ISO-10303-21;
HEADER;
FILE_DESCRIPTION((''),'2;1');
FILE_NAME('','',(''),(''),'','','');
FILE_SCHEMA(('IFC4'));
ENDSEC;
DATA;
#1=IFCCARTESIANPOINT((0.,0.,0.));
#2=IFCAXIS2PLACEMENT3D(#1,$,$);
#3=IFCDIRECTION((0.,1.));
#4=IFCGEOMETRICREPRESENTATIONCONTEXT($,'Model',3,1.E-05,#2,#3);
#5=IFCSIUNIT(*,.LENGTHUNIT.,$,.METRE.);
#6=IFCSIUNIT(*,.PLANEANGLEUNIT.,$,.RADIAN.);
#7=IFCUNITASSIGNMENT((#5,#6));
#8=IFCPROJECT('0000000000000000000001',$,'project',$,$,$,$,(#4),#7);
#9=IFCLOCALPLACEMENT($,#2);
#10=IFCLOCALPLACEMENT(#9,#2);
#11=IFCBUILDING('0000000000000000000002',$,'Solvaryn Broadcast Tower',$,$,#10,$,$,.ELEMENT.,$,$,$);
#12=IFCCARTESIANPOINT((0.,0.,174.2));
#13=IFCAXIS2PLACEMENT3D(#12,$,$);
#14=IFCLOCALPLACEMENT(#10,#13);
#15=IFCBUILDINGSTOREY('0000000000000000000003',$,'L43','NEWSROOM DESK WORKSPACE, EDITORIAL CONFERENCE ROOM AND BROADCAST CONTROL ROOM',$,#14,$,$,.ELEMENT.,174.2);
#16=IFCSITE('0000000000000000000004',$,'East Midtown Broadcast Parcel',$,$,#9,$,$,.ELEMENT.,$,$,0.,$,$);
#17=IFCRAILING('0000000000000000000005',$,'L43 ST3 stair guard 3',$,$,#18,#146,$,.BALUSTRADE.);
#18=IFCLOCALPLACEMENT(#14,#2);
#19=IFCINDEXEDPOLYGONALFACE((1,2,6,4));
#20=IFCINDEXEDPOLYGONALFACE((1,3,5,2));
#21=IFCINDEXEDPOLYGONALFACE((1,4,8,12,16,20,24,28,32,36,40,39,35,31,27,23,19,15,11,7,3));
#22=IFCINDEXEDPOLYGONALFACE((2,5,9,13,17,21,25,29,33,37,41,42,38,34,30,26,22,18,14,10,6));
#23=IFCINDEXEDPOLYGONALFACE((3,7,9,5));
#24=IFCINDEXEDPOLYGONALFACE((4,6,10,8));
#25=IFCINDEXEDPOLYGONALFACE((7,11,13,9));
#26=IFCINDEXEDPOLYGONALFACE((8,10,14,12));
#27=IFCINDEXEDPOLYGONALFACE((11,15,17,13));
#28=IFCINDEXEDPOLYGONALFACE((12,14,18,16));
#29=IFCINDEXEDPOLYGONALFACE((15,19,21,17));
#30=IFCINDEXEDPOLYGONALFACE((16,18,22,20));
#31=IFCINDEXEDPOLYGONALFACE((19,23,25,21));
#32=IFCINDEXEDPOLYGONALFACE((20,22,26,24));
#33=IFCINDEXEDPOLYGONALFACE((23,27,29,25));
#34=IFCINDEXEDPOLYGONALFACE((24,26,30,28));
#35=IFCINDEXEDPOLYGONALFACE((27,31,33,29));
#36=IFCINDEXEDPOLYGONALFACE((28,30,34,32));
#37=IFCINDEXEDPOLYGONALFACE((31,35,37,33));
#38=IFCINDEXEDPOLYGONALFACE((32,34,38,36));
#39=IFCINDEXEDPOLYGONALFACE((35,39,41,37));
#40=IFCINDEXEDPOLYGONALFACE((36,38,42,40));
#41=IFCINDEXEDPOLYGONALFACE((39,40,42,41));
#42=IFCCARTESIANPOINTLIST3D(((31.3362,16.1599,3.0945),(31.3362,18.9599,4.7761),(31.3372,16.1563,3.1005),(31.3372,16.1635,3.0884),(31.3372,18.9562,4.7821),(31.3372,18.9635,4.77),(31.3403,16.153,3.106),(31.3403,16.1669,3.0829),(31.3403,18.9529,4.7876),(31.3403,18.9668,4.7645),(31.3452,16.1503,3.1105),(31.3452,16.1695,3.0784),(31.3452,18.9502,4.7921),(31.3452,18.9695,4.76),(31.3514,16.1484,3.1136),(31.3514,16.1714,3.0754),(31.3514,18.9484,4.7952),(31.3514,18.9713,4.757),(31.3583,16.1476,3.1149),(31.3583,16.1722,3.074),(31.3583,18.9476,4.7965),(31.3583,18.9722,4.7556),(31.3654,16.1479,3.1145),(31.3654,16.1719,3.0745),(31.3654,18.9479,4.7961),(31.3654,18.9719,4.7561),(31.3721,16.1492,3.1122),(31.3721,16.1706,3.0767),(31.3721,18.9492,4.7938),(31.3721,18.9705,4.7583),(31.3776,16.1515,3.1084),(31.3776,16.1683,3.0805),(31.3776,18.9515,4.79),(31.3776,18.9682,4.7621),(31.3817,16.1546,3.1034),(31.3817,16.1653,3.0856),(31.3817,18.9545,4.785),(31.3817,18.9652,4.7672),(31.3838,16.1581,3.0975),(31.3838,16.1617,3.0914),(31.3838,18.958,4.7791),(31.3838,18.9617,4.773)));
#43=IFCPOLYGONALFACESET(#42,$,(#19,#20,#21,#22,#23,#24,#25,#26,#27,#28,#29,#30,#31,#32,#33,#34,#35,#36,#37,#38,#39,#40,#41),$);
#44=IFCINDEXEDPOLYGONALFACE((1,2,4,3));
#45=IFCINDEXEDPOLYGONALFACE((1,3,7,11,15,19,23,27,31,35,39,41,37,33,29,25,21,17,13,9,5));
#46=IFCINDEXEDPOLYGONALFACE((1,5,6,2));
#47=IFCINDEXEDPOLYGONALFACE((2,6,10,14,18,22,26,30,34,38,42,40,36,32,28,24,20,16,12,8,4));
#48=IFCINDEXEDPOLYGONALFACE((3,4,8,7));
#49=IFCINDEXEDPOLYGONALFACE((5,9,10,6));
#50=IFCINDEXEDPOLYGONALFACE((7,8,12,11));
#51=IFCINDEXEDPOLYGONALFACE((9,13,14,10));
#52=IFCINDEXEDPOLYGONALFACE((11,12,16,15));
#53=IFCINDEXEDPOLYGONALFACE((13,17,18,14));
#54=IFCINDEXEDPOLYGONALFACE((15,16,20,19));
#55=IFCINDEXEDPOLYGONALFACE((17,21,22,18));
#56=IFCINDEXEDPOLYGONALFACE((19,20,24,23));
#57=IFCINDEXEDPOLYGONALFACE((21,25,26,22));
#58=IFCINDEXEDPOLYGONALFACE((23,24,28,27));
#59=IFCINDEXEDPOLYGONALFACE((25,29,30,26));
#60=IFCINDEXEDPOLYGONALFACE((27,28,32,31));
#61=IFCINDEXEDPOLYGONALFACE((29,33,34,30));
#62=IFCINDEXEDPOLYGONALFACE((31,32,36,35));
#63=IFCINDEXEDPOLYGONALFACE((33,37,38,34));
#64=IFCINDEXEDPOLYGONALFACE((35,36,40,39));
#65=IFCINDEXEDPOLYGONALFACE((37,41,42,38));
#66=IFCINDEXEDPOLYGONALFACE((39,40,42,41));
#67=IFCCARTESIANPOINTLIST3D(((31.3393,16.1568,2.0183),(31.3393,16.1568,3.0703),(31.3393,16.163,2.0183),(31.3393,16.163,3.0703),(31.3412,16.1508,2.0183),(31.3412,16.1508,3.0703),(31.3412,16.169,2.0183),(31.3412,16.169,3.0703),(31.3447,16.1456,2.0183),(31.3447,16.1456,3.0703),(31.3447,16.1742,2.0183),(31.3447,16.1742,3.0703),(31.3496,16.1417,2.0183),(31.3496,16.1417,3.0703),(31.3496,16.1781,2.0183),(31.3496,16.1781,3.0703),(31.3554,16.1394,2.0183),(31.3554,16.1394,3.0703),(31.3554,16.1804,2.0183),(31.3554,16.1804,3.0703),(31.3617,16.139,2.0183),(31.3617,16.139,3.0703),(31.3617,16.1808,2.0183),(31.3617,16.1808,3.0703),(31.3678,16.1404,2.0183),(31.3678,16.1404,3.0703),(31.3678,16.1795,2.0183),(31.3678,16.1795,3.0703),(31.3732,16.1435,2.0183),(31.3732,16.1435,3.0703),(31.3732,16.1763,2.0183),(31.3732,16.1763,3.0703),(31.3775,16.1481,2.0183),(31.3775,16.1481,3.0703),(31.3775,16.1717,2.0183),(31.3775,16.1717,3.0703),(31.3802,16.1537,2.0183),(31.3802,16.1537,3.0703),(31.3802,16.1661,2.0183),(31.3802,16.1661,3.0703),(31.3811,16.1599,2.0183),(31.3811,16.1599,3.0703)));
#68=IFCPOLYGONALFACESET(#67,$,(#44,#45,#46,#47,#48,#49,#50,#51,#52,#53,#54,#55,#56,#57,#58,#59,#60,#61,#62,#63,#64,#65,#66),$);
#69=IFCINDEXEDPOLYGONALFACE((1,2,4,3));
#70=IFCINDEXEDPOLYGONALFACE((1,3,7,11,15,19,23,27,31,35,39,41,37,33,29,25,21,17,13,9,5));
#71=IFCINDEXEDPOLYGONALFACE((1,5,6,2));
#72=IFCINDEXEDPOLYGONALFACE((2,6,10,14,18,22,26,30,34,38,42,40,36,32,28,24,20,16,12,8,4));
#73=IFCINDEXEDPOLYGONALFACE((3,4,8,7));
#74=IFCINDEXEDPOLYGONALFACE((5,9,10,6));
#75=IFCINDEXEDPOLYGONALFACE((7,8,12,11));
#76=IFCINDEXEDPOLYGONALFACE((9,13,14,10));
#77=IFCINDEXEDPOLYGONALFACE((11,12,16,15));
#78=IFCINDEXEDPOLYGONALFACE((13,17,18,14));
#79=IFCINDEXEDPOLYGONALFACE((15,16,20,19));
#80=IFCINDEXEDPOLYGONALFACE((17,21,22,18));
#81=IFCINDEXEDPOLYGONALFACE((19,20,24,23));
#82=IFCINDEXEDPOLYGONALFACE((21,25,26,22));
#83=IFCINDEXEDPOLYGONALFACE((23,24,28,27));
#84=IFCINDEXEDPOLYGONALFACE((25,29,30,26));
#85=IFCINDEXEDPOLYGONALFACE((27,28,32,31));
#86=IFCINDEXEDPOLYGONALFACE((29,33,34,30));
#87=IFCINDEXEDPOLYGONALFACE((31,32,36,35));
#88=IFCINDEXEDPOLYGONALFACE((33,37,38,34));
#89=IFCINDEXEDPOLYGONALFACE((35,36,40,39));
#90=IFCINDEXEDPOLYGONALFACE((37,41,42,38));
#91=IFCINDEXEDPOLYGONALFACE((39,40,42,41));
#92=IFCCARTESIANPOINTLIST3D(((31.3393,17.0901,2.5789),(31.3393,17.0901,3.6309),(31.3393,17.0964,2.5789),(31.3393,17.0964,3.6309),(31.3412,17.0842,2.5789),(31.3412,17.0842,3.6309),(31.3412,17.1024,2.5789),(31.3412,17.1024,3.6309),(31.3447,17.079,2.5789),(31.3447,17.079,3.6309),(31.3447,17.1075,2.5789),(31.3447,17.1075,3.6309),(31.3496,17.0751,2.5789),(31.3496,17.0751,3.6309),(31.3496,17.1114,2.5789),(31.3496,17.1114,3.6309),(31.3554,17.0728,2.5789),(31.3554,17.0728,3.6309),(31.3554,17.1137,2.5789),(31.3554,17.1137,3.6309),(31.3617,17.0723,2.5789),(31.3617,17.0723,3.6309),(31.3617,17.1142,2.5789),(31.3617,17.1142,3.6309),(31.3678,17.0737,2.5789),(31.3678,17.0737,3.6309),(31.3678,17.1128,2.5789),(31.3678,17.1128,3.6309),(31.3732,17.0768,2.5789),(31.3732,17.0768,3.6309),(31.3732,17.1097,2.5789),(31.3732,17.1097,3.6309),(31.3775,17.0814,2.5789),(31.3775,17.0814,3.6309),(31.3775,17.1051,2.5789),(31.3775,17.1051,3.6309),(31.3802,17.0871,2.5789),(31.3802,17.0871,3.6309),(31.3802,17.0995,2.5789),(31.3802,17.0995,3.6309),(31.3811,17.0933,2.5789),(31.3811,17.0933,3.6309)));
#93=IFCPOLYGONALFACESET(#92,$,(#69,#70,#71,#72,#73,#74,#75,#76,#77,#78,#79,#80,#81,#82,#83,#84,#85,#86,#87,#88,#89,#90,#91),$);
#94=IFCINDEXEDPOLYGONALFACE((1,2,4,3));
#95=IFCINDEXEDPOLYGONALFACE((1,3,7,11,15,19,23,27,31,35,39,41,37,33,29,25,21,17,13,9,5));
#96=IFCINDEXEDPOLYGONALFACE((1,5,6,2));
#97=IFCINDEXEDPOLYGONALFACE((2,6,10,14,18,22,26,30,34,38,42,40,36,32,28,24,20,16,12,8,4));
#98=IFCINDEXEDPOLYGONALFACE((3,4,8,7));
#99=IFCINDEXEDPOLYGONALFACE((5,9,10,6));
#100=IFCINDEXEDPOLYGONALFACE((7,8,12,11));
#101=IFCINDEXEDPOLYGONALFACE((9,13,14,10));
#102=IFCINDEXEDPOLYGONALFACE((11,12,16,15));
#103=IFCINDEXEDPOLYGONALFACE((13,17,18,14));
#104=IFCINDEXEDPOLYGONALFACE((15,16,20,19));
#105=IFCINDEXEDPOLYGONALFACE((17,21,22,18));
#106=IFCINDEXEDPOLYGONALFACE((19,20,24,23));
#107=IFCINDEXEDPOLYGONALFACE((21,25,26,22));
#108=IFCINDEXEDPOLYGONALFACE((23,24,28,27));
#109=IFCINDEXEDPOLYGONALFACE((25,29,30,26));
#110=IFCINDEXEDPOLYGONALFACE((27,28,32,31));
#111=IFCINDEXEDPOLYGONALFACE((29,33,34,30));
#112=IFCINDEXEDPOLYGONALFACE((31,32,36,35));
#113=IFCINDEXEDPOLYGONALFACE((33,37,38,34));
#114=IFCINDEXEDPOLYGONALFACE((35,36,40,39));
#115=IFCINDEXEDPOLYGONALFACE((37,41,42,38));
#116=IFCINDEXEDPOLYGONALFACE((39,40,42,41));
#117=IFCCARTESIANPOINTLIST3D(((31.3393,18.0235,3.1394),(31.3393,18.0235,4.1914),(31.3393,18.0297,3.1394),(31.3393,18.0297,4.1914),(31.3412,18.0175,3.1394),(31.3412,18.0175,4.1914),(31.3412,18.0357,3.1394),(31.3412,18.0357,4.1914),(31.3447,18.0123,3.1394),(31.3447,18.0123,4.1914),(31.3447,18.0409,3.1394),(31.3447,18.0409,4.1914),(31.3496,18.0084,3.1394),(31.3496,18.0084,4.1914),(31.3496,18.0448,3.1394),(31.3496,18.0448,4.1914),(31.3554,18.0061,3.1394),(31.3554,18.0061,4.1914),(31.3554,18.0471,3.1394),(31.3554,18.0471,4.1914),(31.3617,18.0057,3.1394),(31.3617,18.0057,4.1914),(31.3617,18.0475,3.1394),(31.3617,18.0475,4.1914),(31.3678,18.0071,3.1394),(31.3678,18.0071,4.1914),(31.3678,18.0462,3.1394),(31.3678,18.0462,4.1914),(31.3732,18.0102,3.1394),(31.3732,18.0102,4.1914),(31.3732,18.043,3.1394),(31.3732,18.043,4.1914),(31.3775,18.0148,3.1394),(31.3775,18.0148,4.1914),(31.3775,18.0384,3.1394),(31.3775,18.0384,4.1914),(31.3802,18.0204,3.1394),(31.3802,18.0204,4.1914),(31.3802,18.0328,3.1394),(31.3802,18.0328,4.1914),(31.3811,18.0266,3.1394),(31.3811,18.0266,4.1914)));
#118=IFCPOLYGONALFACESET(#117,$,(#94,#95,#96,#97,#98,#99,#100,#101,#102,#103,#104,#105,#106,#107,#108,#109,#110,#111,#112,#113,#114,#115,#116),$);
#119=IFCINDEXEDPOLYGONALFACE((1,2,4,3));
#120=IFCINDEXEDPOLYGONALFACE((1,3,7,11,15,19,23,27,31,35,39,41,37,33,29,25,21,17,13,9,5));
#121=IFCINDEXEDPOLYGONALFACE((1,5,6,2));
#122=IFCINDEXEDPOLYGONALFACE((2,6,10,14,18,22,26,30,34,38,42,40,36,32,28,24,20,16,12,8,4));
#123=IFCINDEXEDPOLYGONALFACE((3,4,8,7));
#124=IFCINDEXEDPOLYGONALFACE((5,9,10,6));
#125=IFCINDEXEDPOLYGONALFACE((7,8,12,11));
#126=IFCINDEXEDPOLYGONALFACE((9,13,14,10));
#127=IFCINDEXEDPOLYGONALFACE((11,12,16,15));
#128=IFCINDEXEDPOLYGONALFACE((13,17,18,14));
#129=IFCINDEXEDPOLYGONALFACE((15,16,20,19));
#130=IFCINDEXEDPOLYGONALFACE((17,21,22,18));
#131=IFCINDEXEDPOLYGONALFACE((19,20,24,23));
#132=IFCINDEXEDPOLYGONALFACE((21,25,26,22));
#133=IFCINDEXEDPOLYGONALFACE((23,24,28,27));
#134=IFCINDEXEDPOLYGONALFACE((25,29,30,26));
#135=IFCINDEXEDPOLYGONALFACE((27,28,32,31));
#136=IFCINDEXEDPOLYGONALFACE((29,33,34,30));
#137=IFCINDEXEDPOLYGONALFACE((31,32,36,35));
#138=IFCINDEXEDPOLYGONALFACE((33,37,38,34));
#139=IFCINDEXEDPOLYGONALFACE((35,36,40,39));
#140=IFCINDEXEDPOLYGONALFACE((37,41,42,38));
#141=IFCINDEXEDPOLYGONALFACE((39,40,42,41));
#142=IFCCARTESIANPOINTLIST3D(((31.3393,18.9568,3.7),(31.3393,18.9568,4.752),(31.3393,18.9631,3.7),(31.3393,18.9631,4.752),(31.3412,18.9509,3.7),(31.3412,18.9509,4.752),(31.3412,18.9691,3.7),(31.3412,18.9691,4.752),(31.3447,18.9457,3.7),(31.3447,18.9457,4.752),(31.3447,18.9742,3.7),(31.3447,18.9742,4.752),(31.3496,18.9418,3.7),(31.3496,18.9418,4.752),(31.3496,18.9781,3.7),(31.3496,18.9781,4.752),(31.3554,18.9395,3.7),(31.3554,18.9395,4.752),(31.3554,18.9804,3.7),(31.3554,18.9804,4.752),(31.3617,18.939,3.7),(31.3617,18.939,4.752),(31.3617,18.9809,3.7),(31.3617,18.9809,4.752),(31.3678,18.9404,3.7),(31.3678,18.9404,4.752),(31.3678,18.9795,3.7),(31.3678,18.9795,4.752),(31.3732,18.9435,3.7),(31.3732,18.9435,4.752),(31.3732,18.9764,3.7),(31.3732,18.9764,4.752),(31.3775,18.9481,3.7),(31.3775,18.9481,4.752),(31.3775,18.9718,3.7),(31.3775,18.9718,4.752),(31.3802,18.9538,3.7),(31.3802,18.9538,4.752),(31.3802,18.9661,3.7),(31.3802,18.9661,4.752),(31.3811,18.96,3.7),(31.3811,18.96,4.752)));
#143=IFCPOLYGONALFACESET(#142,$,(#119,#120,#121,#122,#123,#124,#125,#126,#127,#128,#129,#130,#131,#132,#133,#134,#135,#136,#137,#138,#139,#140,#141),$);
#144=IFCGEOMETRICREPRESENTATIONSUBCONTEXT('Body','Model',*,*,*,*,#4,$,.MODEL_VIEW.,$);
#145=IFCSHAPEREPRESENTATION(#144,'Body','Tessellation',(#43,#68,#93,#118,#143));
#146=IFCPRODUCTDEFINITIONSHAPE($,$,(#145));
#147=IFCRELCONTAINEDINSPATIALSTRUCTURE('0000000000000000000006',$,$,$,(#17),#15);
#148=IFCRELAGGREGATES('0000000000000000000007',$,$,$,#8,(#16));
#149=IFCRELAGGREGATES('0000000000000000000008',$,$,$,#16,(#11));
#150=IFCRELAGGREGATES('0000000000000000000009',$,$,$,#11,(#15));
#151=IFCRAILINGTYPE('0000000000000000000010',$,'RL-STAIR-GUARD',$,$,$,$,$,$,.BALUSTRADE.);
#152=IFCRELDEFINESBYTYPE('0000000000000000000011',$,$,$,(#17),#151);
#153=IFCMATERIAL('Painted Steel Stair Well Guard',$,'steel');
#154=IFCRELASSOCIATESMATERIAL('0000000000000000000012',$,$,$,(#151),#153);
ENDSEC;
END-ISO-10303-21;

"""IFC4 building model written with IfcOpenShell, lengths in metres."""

from ifc_helpers import new_model, si_unit, direction, frame, origin, origin_2d, place, context, subcontext, project, spatial, circle, extrude, material, type_object, element, save


model = new_model("IFC4")

# Units and contexts
model_context = context("Model", 3, precision=1e-05, world=origin(), true_north=direction((0.0, 1.0)))
body_context = subcontext(model_context, "Body", "Model", "MODEL_VIEW")
ifc_project = project(units=[si_unit("LENGTHUNIT", "METRE"), si_unit("PLANEANGLEUNIT", "RADIAN")], contexts=[model_context])

# Site, building, storey
site_placement = place(None, origin())
site = spatial("IfcSite", under=ifc_project, at=site_placement, Name="East Midtown Broadcast Parcel", CompositionType="ELEMENT", RefElevation=0.0)
building_placement = place(site_placement, origin())
building = spatial("IfcBuilding", under=site, at=building_placement, Name="Solvaryn Broadcast Tower", CompositionType="ELEMENT")
storey_placement = place(building_placement, frame((0.0, 0.0, 174.2)))
storey = spatial("IfcBuildingStorey", under=building, at=storey_placement, Name="L43", Description="NEWSROOM DESK WORKSPACE, EDITORIAL CONFERENCE ROOM AND BROADCAST CONTROL ROOM", CompositionType="ELEMENT", Elevation=174.2)

# Railing
ifc_material_1 = material(Name="Painted Steel Stair Well Guard", Category="steel")
railing_type_1 = type_object("IfcRailingType", Name="RL-STAIR-GUARD", PredefinedType="BALUSTRADE", material=ifc_material_1)
railing_1_placement = place(storey_placement, frame((31.3601, 16.1599, 2.0183)))
element("IfcRailing", 1, at=railing_1_placement, inside=storey, type_object=railing_type_1, Name="L43 ST3 stair guard 3", PredefinedType="BALUSTRADE", context=body_context, shape_type="SweptSolid", body=[
    extrude(circle(Radius=0.0239, at=origin_2d()), frame((0.0, 0.0, 1.0762), z_axis=(0.0, 0.857275, 0.514858), x_axis=(-1.0, 0.0, 0.0)), (0.0, 0.0, 1.0), 3.2661),
    extrude(circle(Radius=0.021, at=origin_2d()), origin(), (0.0, 0.0, 1.0), 1.052),
    extrude(circle(Radius=0.021, at=origin_2d()), frame((0.0, 0.9333, 0.5605)), (0.0, 0.0, 1.0), 1.052),
    extrude(circle(Radius=0.021, at=origin_2d()), frame((0.0, 1.8667, 1.1211)), (0.0, 0.0, 1.0), 1.052),
    extrude(circle(Radius=0.021, at=origin_2d()), frame((0.0, 2.8, 1.6816)), (0.0, 0.0, 1.0), 1.052),
])

save(model, "model.ifc")
